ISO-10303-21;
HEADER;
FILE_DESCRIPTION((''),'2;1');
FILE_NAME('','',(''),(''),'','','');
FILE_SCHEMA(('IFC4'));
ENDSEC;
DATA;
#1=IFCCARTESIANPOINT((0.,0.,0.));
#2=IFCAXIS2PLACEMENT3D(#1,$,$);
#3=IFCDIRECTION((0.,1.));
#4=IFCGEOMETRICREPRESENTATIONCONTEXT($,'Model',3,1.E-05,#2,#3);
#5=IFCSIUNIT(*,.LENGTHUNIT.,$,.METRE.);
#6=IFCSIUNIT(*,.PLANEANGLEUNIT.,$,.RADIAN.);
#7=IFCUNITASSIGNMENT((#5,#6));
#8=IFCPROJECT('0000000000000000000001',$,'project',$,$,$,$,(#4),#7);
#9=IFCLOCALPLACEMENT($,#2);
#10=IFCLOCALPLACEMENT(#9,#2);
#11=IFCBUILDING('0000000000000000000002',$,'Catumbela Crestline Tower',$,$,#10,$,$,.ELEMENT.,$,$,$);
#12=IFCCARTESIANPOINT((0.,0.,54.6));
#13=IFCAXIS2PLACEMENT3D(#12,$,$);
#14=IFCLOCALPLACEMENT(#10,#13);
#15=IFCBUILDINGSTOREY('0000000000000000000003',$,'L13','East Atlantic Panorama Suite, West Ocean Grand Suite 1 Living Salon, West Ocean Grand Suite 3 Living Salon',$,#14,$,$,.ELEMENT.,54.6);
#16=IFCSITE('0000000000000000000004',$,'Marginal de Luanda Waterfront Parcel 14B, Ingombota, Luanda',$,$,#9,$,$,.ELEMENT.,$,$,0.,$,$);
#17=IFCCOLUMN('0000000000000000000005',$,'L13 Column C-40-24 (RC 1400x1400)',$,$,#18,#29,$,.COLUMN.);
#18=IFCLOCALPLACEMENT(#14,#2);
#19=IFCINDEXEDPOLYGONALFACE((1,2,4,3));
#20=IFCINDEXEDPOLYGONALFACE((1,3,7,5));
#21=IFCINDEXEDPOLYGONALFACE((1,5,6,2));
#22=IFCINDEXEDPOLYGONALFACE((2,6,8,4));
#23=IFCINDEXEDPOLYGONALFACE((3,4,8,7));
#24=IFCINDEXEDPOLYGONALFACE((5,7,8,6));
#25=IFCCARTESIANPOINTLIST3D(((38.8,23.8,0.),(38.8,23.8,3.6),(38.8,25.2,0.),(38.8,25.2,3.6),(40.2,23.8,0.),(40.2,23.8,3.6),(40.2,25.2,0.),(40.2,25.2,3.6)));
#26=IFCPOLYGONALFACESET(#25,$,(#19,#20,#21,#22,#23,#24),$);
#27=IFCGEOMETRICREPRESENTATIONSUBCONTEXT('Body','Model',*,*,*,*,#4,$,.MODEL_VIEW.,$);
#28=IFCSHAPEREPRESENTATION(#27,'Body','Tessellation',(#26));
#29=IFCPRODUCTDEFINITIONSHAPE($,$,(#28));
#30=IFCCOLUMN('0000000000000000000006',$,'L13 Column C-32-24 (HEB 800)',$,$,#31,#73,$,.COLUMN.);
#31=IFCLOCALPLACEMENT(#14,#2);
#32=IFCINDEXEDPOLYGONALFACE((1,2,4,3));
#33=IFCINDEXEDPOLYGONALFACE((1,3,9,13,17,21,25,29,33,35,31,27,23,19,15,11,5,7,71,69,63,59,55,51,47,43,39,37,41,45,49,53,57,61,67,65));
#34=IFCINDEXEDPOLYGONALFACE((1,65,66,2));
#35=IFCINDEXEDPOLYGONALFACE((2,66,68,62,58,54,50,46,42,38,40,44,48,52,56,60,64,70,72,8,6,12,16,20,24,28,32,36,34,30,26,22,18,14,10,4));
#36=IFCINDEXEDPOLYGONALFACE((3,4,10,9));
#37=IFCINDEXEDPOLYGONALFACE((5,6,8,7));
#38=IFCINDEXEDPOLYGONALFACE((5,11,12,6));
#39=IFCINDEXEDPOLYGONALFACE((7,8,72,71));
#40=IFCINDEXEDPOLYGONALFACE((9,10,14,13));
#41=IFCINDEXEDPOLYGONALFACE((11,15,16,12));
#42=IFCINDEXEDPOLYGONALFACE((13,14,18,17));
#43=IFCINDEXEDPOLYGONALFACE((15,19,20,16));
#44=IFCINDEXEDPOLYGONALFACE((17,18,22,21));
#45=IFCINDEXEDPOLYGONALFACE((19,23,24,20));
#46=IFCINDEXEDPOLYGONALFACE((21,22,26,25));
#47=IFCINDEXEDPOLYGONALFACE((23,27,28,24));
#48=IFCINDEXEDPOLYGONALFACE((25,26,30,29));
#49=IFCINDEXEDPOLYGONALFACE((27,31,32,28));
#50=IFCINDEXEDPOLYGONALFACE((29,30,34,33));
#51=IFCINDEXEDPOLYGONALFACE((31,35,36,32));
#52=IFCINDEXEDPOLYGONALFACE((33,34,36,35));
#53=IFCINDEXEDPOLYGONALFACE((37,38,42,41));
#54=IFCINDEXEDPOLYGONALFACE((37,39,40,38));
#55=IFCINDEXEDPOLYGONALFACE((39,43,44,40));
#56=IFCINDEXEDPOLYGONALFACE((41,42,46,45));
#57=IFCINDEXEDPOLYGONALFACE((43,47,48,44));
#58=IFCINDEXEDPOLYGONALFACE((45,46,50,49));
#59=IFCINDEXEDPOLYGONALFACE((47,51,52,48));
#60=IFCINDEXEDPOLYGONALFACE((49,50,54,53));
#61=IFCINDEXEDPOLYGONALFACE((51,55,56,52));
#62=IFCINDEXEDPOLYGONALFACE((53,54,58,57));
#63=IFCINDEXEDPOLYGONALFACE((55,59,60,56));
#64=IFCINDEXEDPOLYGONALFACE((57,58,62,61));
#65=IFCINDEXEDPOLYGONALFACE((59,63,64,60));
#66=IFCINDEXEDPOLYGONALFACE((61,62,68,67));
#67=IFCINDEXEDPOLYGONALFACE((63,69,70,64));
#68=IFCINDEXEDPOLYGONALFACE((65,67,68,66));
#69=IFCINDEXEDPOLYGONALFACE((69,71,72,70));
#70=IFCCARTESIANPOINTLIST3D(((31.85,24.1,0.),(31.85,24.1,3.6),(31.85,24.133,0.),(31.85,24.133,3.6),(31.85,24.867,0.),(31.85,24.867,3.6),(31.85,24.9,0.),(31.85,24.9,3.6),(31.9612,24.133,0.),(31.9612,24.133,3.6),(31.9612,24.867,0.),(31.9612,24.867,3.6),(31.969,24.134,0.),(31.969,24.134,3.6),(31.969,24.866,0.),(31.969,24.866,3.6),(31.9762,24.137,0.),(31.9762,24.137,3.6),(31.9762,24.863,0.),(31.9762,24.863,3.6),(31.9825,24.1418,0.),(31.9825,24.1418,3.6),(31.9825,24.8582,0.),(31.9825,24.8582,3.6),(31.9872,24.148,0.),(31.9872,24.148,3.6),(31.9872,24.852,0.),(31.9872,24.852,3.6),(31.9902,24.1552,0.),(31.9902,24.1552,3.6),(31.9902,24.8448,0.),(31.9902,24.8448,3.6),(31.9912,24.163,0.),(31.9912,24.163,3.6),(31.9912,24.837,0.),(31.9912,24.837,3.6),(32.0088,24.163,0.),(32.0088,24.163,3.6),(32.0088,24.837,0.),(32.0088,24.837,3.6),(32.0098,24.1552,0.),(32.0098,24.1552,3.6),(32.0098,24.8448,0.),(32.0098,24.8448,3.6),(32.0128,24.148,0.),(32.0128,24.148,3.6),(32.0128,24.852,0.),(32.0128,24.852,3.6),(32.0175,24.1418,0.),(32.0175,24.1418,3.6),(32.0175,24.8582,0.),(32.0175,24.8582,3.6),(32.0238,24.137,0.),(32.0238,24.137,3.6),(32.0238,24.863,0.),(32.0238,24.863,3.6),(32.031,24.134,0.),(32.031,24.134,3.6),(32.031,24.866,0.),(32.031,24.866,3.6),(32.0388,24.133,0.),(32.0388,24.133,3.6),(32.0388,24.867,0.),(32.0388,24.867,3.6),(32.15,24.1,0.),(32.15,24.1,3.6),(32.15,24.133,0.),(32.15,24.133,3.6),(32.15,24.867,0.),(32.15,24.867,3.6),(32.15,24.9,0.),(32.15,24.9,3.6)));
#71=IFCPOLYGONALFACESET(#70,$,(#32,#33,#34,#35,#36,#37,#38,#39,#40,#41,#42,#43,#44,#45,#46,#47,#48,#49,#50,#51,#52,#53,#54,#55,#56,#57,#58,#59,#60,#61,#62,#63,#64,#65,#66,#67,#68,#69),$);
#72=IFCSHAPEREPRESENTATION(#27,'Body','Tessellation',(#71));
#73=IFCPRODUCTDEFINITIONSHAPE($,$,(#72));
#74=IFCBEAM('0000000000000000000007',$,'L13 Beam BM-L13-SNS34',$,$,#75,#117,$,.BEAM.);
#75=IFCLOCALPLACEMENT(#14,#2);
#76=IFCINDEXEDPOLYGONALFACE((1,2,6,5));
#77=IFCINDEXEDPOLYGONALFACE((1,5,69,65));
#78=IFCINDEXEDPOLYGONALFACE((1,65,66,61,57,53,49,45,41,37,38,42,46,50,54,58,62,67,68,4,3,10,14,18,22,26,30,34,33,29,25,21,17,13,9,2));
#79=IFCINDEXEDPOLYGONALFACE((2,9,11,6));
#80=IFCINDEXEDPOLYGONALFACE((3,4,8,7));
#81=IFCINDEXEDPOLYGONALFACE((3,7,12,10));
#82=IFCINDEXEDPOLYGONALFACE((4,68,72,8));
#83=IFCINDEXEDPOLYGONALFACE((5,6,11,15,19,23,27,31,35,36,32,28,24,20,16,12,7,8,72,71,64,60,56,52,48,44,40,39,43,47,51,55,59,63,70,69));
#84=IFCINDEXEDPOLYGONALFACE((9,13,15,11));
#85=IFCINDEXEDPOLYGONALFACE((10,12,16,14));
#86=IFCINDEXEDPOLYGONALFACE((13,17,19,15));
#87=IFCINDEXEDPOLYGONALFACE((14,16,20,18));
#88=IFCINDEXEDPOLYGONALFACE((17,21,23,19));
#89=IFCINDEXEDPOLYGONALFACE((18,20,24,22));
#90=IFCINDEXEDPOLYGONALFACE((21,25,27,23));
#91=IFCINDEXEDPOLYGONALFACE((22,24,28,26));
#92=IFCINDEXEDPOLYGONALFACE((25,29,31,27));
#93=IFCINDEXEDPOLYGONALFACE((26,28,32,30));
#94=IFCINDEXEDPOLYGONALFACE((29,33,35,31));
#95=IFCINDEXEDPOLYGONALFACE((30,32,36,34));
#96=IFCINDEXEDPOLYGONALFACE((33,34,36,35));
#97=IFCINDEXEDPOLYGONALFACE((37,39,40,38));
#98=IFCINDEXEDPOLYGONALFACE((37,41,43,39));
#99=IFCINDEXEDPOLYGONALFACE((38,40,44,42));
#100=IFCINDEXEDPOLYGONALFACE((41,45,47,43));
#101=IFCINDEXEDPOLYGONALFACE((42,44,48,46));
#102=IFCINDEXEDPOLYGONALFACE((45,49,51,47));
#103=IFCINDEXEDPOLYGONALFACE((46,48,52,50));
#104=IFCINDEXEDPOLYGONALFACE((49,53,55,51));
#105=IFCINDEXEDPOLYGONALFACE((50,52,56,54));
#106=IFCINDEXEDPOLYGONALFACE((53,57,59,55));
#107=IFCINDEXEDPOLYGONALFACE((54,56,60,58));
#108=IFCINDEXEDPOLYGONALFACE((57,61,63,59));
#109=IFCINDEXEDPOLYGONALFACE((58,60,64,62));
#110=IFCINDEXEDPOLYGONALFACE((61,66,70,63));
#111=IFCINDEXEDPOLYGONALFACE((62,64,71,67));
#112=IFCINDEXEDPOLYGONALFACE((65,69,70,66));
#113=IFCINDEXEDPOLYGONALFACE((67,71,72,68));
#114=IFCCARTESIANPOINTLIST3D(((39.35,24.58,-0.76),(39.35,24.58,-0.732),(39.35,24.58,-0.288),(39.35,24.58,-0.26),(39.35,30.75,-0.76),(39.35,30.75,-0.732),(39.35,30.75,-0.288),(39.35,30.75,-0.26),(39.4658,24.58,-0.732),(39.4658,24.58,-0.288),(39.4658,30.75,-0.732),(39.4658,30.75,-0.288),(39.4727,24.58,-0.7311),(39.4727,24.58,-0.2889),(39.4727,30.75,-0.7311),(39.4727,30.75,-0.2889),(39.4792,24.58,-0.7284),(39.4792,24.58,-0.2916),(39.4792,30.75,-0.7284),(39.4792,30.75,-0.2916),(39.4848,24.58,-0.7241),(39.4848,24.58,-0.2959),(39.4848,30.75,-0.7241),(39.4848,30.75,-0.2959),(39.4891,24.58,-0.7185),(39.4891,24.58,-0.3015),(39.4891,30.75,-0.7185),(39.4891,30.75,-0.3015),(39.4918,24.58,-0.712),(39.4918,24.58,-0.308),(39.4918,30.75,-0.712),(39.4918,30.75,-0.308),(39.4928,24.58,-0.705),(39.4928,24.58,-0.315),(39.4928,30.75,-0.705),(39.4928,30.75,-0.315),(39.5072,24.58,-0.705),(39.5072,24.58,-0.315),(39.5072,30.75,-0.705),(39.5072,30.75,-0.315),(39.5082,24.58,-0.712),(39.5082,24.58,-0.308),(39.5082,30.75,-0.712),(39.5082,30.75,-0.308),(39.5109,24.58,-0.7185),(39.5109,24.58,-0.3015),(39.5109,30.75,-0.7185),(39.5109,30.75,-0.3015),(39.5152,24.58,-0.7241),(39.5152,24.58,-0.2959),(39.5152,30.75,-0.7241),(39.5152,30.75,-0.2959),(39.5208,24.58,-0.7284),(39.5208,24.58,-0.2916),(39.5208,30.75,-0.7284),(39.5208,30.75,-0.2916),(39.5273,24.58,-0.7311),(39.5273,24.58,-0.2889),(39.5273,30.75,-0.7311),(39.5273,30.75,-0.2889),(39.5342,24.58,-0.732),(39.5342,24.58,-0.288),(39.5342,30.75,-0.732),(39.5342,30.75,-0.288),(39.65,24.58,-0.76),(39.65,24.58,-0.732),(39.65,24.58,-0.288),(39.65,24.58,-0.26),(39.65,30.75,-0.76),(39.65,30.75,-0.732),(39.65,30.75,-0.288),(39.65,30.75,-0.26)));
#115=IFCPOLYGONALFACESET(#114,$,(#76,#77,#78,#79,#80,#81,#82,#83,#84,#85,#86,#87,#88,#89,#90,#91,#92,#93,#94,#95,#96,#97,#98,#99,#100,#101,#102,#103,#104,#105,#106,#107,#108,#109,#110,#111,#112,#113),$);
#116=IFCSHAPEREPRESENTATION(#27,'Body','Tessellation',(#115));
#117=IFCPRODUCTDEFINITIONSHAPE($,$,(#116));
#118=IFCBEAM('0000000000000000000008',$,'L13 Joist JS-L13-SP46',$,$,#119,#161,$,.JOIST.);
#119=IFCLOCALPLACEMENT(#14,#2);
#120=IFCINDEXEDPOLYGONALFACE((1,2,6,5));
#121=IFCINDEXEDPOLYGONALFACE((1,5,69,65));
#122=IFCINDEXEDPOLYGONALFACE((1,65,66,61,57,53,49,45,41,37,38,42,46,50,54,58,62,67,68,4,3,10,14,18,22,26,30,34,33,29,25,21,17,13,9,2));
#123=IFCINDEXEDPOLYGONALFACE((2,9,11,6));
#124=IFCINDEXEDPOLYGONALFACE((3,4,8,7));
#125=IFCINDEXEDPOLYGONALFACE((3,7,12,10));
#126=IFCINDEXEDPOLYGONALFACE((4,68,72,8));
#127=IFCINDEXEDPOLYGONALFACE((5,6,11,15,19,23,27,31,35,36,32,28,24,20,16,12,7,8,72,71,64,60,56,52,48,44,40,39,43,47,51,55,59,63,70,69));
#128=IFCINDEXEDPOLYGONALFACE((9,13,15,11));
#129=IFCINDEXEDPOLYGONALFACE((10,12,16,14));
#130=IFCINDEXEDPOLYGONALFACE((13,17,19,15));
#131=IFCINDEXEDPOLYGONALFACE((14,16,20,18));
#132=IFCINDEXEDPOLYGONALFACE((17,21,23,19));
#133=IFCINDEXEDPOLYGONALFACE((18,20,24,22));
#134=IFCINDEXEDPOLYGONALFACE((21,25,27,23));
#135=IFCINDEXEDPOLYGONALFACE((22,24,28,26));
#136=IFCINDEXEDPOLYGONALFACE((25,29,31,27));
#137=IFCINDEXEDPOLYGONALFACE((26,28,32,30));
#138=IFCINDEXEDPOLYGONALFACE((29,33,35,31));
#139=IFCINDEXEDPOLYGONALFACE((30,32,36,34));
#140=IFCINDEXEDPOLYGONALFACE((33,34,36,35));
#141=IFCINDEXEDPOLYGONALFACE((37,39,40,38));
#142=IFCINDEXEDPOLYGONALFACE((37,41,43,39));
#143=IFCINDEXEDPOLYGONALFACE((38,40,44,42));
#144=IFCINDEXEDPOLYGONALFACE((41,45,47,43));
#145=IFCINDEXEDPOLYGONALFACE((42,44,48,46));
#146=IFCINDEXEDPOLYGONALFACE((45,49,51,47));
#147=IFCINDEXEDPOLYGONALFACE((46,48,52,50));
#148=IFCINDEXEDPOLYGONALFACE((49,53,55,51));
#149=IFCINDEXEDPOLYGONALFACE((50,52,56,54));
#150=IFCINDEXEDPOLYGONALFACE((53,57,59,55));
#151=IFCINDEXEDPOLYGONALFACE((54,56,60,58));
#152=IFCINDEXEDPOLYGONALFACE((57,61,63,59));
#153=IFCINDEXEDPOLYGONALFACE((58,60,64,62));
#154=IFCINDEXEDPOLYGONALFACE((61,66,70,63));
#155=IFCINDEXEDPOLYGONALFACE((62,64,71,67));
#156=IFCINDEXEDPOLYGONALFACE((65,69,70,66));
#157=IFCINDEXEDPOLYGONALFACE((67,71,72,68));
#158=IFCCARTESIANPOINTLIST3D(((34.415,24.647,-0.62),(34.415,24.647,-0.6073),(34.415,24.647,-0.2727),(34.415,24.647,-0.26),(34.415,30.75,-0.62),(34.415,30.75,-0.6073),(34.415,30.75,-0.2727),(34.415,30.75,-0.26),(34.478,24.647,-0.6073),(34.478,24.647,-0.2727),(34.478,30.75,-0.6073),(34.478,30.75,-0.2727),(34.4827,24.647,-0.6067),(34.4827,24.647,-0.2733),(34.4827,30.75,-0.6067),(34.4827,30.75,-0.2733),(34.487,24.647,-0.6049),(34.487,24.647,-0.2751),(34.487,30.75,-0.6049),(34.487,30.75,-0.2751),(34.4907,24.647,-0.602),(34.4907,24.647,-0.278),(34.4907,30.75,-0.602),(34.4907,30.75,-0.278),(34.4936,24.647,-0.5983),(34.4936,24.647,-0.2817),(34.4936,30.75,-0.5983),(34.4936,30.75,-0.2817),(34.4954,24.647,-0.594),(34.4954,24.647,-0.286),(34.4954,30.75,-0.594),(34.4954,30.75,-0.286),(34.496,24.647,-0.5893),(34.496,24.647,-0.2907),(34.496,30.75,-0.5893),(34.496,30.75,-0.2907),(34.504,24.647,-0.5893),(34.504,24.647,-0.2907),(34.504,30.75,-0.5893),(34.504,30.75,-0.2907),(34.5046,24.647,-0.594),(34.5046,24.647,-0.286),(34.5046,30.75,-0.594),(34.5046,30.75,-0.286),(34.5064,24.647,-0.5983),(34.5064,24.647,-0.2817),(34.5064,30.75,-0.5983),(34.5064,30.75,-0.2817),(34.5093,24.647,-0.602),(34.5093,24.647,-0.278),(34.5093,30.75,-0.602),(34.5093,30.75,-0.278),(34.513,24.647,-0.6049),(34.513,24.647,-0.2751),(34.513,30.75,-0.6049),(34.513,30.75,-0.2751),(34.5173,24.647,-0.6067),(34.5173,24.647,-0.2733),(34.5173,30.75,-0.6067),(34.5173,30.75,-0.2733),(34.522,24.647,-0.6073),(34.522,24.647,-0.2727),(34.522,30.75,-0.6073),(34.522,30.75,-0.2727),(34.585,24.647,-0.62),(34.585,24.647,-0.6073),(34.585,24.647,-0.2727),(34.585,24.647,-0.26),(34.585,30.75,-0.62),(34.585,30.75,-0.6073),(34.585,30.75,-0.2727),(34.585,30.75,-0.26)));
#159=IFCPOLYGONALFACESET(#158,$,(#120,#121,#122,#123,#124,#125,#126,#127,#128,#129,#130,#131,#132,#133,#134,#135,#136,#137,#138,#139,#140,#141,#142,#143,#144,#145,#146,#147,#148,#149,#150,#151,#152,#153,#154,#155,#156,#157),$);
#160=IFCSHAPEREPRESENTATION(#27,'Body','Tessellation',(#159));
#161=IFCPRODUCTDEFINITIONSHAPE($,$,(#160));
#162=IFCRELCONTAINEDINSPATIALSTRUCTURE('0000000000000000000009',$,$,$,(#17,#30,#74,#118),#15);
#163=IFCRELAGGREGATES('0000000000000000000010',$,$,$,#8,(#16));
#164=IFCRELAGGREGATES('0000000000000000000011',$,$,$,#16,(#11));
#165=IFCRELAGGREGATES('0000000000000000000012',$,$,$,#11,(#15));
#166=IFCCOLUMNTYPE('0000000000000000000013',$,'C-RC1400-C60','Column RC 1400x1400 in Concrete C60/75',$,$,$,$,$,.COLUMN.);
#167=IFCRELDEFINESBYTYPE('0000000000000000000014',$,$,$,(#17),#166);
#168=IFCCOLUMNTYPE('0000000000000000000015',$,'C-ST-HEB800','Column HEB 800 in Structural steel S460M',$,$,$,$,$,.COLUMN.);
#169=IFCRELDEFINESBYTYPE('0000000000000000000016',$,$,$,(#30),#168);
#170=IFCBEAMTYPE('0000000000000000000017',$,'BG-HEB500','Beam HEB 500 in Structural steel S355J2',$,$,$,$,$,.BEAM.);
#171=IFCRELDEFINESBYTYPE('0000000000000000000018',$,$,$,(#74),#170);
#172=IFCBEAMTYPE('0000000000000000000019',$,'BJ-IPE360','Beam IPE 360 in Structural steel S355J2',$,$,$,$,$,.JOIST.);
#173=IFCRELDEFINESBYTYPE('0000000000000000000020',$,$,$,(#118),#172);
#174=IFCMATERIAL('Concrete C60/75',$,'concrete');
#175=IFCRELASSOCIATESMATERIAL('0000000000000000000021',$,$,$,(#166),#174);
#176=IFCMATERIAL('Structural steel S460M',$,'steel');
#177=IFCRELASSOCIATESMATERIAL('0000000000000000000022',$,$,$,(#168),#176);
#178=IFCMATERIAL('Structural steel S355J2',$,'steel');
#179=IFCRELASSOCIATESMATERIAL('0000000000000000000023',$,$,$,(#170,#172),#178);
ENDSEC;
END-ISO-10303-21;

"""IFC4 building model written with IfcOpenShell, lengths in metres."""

from ifc_helpers import new_model, si_unit, direction, frame, origin, origin_2d, place, context, subcontext, project, spatial, rectangle, i_section, extrude, material, material_profile, profile_set, type_object, element, save


model = new_model("IFC4")

# Units and contexts
model_context = context("Model", 3, precision=1e-05, world=origin(), true_north=direction((0.0, 1.0)))
body_context = subcontext(model_context, "Body", "Model", "MODEL_VIEW")
ifc_project = project(units=[si_unit("LENGTHUNIT", "METRE"), si_unit("PLANEANGLEUNIT", "RADIAN")], contexts=[model_context])

# Site, building, storey
site_placement = place(None, origin())
site = spatial("IfcSite", under=ifc_project, at=site_placement, Name="Marginal de Luanda Waterfront Parcel 14B, Ingombota, Luanda", CompositionType="ELEMENT", RefElevation=0.0)
building_placement = place(site_placement, origin())
building = spatial("IfcBuilding", under=site, at=building_placement, Name="Catumbela Crestline Tower", CompositionType="ELEMENT")
storey_placement = place(building_placement, frame((0.0, 0.0, 54.6)))
storey = spatial("IfcBuildingStorey", under=building, at=storey_placement, Name="L13", Description="East Atlantic Panorama Suite, West Ocean Grand Suite 1 Living Salon, West Ocean Grand Suite 3 Living Salon", CompositionType="ELEMENT", Elevation=54.6)

# Columns
ifc_material_1 = material(Name="Concrete C60/75", Category="concrete")
ifc_material_profile_1 = material_profile(ifc_material_1, rectangle(XDim=1.4, YDim=1.4, at=origin_2d()), Name="RC 1400x1400")
ifc_profile_set_1 = profile_set([ifc_material_profile_1], Name="Concrete C60/75")
column_type_1 = type_object("IfcColumnType", Name="C-RC1400-C60", Description="Column RC 1400x1400 in Concrete C60/75", PredefinedType="COLUMN", material=ifc_profile_set_1)
column_1_placement = place(storey_placement, frame((39.5, 24.5, 0.0), z_axis=(0.0, 0.0, 1.0), x_axis=(1.0, 0.0, 0.0)))
element("IfcColumn", 1, at=column_1_placement, inside=storey, type_object=column_type_1, Name="L13 Column C-40-24 (RC 1400x1400)", PredefinedType="COLUMN", context=body_context, shape_type="SweptSolid", body=[
    extrude(rectangle(XDim=1.4, YDim=1.4, at=origin_2d()), origin(), (0.0, 0.0, 1.0), 3.6),
])
ifc_material_2 = material(Name="Structural steel S460M", Category="steel")
ifc_material_profile_2 = material_profile(ifc_material_2, i_section(OverallWidth=0.3, OverallDepth=0.8, WebThickness=0.0175, FlangeThickness=0.033, FilletRadius=0.03, at=origin_2d()), Name="HEB 800")
ifc_profile_set_2 = profile_set([ifc_material_profile_2], Name="Structural steel S460M")
column_type_2 = type_object("IfcColumnType", Name="C-ST-HEB800", Description="Column HEB 800 in Structural steel S460M", PredefinedType="COLUMN", material=ifc_profile_set_2)
column_2_placement = place(storey_placement, frame((32.0, 24.5, 0.0), z_axis=(0.0, 0.0, 1.0), x_axis=(1.0, 0.0, 0.0)))
element("IfcColumn", 2, at=column_2_placement, inside=storey, type_object=column_type_2, Name="L13 Column C-32-24 (HEB 800)", PredefinedType="COLUMN", context=body_context, shape_type="SweptSolid", body=[
    extrude(i_section(OverallWidth=0.3, OverallDepth=0.8, WebThickness=0.0175, FlangeThickness=0.033, FilletRadius=0.03, at=origin_2d()), origin(), (0.0, 0.0, 1.0), 3.6),
])

# Beams
ifc_material_3 = material(Name="Structural steel S355J2", Category="steel")
ifc_material_profile_3 = material_profile(ifc_material_3, i_section(OverallWidth=0.3, OverallDepth=0.5, WebThickness=0.0145, FlangeThickness=0.028, FilletRadius=0.027, at=origin_2d()), Name="HEB 500")
ifc_profile_set_3 = profile_set([ifc_material_profile_3], Name="Structural steel S355J2")
beam_type_1 = type_object("IfcBeamType", Name="BG-HEB500", Description="Beam HEB 500 in Structural steel S355J2", PredefinedType="BEAM", material=ifc_profile_set_3)
beam_1_placement = place(storey_placement, frame((39.5, 24.58, -0.51), z_axis=(0.0, 1.0, 0.0), x_axis=(-1.0, 0.0, 0.0)))
element("IfcBeam", 3, at=beam_1_placement, inside=storey, type_object=beam_type_1, Name="L13 Beam BM-L13-SNS34", PredefinedType="BEAM", context=body_context, shape_type="SweptSolid", body=[
    extrude(i_section(OverallWidth=0.3, OverallDepth=0.5, WebThickness=0.0145, FlangeThickness=0.028, FilletRadius=0.027, at=origin_2d()), origin(), (0.0, 0.0, 1.0), 6.17),
])
ifc_material_profile_4 = material_profile(ifc_material_3, i_section(OverallWidth=0.17, OverallDepth=0.36, WebThickness=0.008, FlangeThickness=0.0127, FilletRadius=0.018, at=origin_2d()), Name="IPE 360")
ifc_profile_set_4 = profile_set([ifc_material_profile_4], Name="Structural steel S355J2")
beam_type_2 = type_object("IfcBeamType", Name="BJ-IPE360", Description="Beam IPE 360 in Structural steel S355J2", PredefinedType="JOIST", material=ifc_profile_set_4)
for number, where, z_axis, x_axis, name in (
    (4, (34.5, 24.647, -0.44), (0.0, 1.0, 0.0), (-1.0, 0.0, 0.0), "L13 Joist JS-L13-SP46"),
):
    element("IfcBeam", number, at=place(storey_placement, frame(where, z_axis=z_axis, x_axis=x_axis)), inside=storey, type_object=beam_type_2, Name=name, PredefinedType="JOIST", context=body_context, shape_type="SweptSolid", body=[
        extrude(i_section(OverallWidth=0.17, OverallDepth=0.36, WebThickness=0.008, FlangeThickness=0.0127, FilletRadius=0.018, at=origin_2d()), origin(), (0.0, 0.0, 1.0), 6.103),
    ])

save(model, "model.ifc")
